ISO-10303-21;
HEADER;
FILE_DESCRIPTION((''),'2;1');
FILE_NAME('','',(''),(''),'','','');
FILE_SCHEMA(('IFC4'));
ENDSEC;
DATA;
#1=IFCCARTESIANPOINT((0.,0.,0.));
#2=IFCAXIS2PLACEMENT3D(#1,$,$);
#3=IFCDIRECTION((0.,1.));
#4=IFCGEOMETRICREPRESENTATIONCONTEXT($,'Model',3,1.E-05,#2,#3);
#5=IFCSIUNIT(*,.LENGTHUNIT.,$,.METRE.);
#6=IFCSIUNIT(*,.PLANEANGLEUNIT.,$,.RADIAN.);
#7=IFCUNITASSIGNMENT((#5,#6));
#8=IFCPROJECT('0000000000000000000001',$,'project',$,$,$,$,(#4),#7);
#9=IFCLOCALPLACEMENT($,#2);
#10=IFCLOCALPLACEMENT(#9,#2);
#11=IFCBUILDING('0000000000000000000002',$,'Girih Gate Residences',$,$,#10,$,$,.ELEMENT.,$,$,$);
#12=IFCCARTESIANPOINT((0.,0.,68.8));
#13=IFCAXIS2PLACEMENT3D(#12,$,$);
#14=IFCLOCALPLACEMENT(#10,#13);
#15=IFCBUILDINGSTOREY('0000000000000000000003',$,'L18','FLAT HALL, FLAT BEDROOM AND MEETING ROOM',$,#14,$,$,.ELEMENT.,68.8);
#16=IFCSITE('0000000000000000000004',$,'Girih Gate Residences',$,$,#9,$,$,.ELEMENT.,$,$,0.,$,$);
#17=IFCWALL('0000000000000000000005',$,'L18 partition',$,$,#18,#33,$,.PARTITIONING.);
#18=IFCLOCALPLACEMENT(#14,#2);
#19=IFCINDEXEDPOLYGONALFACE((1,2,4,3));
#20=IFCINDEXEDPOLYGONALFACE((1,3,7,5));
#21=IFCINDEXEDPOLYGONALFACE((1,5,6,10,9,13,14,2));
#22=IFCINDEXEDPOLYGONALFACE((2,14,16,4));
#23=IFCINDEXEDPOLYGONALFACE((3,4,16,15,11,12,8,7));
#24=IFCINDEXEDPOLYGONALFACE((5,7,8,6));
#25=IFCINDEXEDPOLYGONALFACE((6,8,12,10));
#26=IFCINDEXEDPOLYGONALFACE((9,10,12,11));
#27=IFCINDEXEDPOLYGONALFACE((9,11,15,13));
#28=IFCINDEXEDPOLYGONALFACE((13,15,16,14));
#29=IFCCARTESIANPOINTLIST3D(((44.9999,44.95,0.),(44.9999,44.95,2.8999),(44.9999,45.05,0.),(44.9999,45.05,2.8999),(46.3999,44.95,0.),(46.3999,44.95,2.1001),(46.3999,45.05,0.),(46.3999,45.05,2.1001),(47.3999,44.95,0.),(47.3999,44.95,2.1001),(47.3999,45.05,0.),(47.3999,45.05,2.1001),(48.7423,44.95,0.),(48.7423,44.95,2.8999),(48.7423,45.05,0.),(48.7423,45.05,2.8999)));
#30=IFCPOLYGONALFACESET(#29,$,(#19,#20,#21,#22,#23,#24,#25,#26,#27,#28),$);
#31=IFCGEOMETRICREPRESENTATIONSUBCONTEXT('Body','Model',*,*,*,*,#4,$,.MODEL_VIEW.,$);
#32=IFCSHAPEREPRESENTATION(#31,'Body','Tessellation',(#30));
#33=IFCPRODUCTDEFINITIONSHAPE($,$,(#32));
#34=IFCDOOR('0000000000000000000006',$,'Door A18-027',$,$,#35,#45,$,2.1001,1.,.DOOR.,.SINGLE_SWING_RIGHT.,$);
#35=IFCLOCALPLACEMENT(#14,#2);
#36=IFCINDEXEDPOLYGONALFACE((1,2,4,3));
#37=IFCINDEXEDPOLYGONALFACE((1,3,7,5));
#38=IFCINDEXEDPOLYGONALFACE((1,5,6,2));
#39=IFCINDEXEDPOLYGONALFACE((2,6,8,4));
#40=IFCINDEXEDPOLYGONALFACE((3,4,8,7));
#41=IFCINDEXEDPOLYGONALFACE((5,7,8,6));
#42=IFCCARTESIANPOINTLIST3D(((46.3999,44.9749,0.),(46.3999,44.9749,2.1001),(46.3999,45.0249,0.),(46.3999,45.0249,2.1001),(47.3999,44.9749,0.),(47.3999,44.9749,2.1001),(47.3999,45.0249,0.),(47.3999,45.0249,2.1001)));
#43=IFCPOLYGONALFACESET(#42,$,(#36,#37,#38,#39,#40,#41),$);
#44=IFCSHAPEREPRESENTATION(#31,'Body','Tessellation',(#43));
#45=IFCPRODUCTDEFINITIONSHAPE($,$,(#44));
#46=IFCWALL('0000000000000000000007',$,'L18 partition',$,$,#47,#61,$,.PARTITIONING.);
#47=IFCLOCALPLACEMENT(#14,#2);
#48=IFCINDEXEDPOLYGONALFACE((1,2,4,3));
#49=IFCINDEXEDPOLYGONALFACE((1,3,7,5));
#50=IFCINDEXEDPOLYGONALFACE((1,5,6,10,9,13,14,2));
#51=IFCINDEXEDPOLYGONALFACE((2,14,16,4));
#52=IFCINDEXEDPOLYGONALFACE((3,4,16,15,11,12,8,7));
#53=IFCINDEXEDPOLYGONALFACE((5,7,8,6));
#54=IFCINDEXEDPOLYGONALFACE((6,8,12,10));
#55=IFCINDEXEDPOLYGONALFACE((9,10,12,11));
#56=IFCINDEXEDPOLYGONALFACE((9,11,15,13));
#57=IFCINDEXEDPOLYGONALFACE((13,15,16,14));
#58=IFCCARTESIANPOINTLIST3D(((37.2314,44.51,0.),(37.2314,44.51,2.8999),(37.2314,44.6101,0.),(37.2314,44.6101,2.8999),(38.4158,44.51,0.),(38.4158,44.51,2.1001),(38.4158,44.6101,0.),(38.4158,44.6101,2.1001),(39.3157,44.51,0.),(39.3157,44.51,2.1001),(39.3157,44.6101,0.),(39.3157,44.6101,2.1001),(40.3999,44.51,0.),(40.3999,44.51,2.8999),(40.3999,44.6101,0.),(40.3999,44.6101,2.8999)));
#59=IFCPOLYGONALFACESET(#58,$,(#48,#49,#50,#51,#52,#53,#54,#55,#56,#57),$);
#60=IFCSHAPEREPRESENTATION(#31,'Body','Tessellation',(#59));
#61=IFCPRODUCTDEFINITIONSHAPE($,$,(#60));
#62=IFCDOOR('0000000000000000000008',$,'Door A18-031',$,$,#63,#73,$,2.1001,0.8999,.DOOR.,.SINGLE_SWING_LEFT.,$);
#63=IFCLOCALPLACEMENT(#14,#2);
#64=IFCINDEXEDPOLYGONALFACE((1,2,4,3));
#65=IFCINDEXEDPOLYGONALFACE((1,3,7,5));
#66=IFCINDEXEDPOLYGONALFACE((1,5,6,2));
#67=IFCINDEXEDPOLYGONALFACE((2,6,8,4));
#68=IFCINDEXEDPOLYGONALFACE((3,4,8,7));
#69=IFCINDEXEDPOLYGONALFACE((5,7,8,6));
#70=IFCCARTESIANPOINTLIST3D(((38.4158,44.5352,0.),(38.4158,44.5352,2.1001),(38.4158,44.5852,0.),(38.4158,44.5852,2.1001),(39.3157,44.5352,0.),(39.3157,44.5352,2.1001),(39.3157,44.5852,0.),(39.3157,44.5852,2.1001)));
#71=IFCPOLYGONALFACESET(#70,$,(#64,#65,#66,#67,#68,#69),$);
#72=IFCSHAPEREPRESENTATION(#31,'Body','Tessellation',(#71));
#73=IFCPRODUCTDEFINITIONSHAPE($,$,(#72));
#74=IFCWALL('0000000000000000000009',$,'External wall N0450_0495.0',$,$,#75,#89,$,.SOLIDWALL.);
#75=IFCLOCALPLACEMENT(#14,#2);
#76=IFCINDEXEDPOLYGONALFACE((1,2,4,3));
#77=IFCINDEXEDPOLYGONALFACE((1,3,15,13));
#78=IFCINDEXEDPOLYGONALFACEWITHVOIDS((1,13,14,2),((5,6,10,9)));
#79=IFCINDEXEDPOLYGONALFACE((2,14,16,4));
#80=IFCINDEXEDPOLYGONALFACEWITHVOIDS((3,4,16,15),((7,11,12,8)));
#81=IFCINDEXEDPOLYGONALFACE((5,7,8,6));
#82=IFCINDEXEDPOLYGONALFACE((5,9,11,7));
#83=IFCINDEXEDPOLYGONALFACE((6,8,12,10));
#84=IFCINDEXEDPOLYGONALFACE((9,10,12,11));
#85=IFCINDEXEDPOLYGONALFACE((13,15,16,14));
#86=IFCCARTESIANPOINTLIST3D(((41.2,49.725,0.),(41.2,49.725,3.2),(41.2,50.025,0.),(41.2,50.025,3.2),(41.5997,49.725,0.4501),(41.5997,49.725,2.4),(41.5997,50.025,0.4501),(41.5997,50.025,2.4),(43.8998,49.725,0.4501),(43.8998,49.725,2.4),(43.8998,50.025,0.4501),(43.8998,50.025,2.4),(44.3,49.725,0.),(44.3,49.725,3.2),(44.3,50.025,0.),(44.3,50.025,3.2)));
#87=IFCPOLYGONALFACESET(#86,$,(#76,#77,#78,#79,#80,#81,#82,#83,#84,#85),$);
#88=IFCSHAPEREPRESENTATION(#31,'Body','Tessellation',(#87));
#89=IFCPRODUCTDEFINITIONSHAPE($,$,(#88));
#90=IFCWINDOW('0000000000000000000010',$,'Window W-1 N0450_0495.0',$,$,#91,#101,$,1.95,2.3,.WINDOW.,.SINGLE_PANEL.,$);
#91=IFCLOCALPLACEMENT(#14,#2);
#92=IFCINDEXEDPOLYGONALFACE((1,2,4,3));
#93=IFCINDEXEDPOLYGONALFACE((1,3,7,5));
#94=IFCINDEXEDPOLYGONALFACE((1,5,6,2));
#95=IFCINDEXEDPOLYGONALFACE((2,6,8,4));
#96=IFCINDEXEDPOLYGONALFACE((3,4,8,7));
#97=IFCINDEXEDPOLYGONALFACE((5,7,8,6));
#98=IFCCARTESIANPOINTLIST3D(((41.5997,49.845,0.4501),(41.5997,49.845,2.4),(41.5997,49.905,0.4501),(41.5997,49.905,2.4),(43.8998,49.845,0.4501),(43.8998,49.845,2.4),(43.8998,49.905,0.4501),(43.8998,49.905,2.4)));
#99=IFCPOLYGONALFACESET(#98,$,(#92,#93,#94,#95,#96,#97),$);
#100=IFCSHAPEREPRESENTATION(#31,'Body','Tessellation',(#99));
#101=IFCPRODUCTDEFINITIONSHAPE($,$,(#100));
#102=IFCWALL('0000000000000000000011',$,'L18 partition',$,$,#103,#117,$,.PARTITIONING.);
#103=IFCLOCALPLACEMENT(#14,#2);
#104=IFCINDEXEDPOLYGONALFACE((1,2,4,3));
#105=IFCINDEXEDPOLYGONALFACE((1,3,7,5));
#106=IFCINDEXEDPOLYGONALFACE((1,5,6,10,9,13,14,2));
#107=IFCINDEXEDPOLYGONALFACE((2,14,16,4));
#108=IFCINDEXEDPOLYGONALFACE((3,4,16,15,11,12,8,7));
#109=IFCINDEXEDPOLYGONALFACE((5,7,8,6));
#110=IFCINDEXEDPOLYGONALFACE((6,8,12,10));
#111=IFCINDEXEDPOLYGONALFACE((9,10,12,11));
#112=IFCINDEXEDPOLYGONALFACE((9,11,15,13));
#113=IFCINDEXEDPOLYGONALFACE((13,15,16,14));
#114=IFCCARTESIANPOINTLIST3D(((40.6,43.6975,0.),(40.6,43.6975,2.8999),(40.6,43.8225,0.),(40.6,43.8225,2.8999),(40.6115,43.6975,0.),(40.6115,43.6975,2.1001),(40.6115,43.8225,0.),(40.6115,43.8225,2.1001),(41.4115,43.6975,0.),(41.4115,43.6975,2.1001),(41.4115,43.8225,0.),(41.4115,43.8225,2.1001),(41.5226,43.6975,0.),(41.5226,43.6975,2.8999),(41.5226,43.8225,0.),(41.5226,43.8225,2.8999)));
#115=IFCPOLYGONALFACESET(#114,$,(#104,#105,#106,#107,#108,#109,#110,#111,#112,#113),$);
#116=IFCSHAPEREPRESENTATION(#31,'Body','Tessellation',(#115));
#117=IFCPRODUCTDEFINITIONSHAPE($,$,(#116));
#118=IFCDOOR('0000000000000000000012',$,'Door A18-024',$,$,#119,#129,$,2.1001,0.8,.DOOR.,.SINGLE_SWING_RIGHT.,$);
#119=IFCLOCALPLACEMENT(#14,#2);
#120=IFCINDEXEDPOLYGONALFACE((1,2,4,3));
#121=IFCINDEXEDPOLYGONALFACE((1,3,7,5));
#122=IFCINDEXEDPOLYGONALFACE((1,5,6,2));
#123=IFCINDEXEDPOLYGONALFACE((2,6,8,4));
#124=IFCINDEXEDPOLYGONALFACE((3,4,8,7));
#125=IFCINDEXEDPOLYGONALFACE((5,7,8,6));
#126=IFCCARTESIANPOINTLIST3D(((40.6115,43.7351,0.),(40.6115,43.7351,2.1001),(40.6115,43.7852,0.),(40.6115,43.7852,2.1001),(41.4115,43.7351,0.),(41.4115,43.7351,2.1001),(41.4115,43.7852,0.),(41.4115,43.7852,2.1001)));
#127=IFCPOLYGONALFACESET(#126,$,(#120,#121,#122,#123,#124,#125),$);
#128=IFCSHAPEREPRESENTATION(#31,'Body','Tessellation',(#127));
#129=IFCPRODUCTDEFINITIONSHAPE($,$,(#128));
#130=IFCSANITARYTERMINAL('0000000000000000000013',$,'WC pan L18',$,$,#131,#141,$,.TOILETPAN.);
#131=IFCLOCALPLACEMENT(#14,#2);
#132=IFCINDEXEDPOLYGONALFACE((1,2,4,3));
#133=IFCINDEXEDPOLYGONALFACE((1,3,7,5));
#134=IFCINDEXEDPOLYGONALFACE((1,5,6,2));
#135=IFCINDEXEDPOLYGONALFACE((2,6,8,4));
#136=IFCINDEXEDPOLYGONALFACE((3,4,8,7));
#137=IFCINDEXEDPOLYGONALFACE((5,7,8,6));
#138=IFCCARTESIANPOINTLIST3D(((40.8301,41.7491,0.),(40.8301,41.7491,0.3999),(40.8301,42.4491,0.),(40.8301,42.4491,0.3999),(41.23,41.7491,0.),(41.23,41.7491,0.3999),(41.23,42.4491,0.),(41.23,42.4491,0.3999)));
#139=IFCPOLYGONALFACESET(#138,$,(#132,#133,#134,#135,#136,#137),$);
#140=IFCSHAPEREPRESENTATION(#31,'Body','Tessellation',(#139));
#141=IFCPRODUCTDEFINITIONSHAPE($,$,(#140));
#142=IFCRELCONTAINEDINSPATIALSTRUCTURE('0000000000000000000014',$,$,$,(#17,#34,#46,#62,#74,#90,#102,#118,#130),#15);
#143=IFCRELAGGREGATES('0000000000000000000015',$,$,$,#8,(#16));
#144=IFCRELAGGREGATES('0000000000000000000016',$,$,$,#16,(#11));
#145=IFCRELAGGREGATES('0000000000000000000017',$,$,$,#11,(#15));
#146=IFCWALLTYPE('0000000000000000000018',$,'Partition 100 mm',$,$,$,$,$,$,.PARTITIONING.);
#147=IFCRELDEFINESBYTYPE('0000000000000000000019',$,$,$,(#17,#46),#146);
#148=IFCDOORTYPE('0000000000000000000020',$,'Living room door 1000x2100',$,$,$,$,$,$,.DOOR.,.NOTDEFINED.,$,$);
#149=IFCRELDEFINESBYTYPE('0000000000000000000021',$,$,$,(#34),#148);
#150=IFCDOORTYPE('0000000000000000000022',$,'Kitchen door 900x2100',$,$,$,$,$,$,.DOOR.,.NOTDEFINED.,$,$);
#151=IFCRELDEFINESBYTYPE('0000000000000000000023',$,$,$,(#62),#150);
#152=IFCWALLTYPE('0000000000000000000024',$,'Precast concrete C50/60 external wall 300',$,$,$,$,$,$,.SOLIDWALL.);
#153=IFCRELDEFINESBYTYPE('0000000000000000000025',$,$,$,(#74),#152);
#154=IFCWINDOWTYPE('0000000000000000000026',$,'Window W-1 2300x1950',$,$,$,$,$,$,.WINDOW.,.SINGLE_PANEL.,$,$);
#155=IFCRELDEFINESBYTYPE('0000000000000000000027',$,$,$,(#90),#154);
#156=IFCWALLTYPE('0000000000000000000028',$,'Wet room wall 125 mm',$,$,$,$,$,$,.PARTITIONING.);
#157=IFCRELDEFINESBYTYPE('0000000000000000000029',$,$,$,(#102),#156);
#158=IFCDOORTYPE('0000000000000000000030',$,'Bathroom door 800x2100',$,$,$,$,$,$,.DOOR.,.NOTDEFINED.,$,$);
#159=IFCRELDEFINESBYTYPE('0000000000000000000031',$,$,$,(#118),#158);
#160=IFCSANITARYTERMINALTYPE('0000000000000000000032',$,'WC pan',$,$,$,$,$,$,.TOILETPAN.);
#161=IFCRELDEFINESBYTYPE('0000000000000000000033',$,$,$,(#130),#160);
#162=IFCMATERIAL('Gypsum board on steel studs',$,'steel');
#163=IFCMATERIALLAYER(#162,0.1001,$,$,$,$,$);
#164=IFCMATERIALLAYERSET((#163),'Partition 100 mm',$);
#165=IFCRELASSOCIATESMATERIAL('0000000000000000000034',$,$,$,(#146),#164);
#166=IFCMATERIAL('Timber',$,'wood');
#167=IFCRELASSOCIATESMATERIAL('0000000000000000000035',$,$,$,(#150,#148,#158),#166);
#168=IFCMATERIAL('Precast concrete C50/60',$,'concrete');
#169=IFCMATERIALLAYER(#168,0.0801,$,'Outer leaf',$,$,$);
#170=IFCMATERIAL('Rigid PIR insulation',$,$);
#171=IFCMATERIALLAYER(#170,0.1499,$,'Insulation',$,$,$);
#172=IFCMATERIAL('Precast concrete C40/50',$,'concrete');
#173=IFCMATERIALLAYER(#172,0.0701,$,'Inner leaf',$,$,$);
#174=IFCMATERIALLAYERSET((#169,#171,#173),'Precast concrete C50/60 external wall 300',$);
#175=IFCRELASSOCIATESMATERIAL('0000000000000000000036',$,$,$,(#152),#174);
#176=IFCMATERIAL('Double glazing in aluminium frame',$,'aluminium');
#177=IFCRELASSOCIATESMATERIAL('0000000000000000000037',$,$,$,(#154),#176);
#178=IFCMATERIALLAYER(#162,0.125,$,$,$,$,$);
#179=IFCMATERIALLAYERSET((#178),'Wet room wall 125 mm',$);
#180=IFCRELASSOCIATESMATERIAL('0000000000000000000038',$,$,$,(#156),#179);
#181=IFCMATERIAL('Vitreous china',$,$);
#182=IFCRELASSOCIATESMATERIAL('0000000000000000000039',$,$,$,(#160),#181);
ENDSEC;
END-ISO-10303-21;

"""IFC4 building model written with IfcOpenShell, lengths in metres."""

from ifc_helpers import new_model, si_unit, direction, frame, frame_2d, origin, origin_2d, place, context, subcontext, project, spatial, rectangle, extrude, material, layer, layer_set, type_object, element, fill, save


model = new_model("IFC4")

# Units and contexts
model_context = context("Model", 3, precision=1e-05, world=origin(), true_north=direction((0.0, 1.0)))
body_context = subcontext(model_context, "Body", "Model", "MODEL_VIEW")
ifc_project = project(units=[si_unit("LENGTHUNIT", "METRE"), si_unit("PLANEANGLEUNIT", "RADIAN")], contexts=[model_context])

# Site, building, storey
site_placement = place(None, origin())
site = spatial("IfcSite", under=ifc_project, at=site_placement, Name="Girih Gate Residences", CompositionType="ELEMENT", RefElevation=0.0)
building_placement = place(site_placement, origin())
building = spatial("IfcBuilding", under=site, at=building_placement, Name="Girih Gate Residences", CompositionType="ELEMENT")
storey_placement = place(building_placement, frame((0.0, 0.0, 68.8)))
storey = spatial("IfcBuildingStorey", under=building, at=storey_placement, Name="L18", Description="FLAT HALL, FLAT BEDROOM AND MEETING ROOM", CompositionType="ELEMENT", Elevation=68.8)

# Shared definitions
ifc_material_1 = material(Name="Gypsum board on steel studs", Category="steel")
ifc_layer_1 = layer(ifc_material_1, 0.1001)
ifc_layer_set_1 = layer_set([ifc_layer_1], Name="Partition 100 mm")
wall_type_1 = type_object("IfcWallType", Name="Partition 100 mm", PredefinedType="PARTITIONING", material=ifc_layer_set_1)
ifc_material_2 = material(Name="Timber", Category="wood")

# Walls, openings, doors
door_type_1 = type_object("IfcDoorType", Name="Kitchen door 900x2100", OperationType="NOTDEFINED", PredefinedType="DOOR", material=ifc_material_2)
wall_1_placement = place(storey_placement, frame((45.0, 45.0, 0.0), z_axis=(0.0, 0.0, 1.0), x_axis=(1.0, 0.0, 0.0)))
wall_1 = element("IfcWall", 1, at=wall_1_placement, inside=storey, type_object=wall_type_1, Name="L18 partition", PredefinedType="PARTITIONING", context=body_context, shape_type="SweptSolid", body=[
    extrude(rectangle(XDim=3.7424, YDim=0.1001, at=frame_2d((1.8711, 0.0))), origin(), (0.0, 0.0, 1.0), 2.8999),
])
opening_1_placement = place(wall_1_placement, frame((1.3999, 0.0, 0.0)))
opening_1 = element("IfcOpeningElement", 2, at=opening_1_placement, cuts=wall_1, PredefinedType="OPENING", context=body_context, shape_type="SweptSolid", body=[
    extrude(rectangle(XDim=1.0, YDim=2.1001, at=frame_2d((0.5, 1.05))), frame((0.0, 0.0601, 0.0), z_axis=(0.0, -1.0, 0.0), x_axis=(1.0, 0.0, 0.0)), (0.0, 0.0, 1.0), 0.1201),
])
door_type_2 = type_object("IfcDoorType", Name="Living room door 1000x2100", OperationType="NOTDEFINED", PredefinedType="DOOR", material=ifc_material_2)
door_1_placement = place(opening_1_placement, origin())
door_1 = element("IfcDoor", 3, at=door_1_placement, inside=storey, type_object=door_type_2, Name="Door A18-027", OperationType="SINGLE_SWING_RIGHT", OverallHeight=2.1001, OverallWidth=1.0, PredefinedType="DOOR", context=body_context, shape_type="SweptSolid", body=[
    extrude(rectangle(XDim=1.0, YDim=2.1001, at=frame_2d((0.5, 1.05))), frame((0.0, 0.0249, 0.0), z_axis=(0.0, -1.0, 0.0), x_axis=(1.0, 0.0, 0.0)), (0.0, 0.0, 1.0), 0.05),
])
fill(opening_1, door_1)
wall_2_placement = place(storey_placement, frame((40.3999, 44.5601, 0.0), z_axis=(0.0, 0.0, 1.0), x_axis=(-1.0, 0.0, 0.0)))
wall_2 = element("IfcWall", 4, at=wall_2_placement, inside=storey, type_object=wall_type_1, Name="L18 partition", PredefinedType="PARTITIONING", context=body_context, shape_type="SweptSolid", body=[
    extrude(rectangle(XDim=3.1685, YDim=0.1001, at=frame_2d((1.5842, 0.0))), origin(), (0.0, 0.0, 1.0), 2.8999),
])
opening_2_placement = place(wall_2_placement, frame((1.0842, 0.0, 0.0)))
opening_2 = element("IfcOpeningElement", 5, at=opening_2_placement, cuts=wall_2, PredefinedType="OPENING", context=body_context, shape_type="SweptSolid", body=[
    extrude(rectangle(XDim=0.8999, YDim=2.1001, at=frame_2d((0.45, 1.05))), frame((0.0, 0.0601, 0.0), z_axis=(0.0, -1.0, 0.0), x_axis=(1.0, 0.0, 0.0)), (0.0, 0.0, 1.0), 0.1201),
])
door_2_placement = place(opening_2_placement, origin())
door_2 = element("IfcDoor", 6, at=door_2_placement, inside=storey, type_object=door_type_1, Name="Door A18-031", OperationType="SINGLE_SWING_LEFT", OverallHeight=2.1001, OverallWidth=0.8999, PredefinedType="DOOR", context=body_context, shape_type="SweptSolid", body=[
    extrude(rectangle(XDim=0.8999, YDim=2.1001, at=frame_2d((0.45, 1.05))), frame((0.0, 0.0249, 0.0), z_axis=(0.0, -1.0, 0.0), x_axis=(1.0, 0.0, 0.0)), (0.0, 0.0, 1.0), 0.05),
])
fill(opening_2, door_2)

# Wall, opening, window
ifc_material_3 = material(Name="Precast concrete C50/60", Category="concrete")
ifc_layer_2 = layer(ifc_material_3, 0.0801, Name="Outer leaf")
ifc_material_4 = material(Name="Rigid PIR insulation")
ifc_layer_3 = layer(ifc_material_4, 0.1499, Name="Insulation")
ifc_material_5 = material(Name="Precast concrete C40/50", Category="concrete")
ifc_layer_4 = layer(ifc_material_5, 0.0701, Name="Inner leaf")
ifc_layer_set_2 = layer_set([ifc_layer_2, ifc_layer_3, ifc_layer_4], Name="Precast concrete C50/60 external wall 300")
wall_type_2 = type_object("IfcWallType", Name="Precast concrete C50/60 external wall 300", PredefinedType="SOLIDWALL", material=ifc_layer_set_2)
wall_3_placement = place(storey_placement, frame((41.2, 49.875, 0.0), z_axis=(0.0, 0.0, 1.0), x_axis=(1.0, 0.0, 0.0)))
wall_3 = element("IfcWall", 7, at=wall_3_placement, inside=storey, type_object=wall_type_2, Name="External wall N0450_0495.0", PredefinedType="SOLIDWALL", context=body_context, shape_type="SweptSolid", body=[
    extrude(rectangle(XDim=3.1001, YDim=0.3, at=frame_2d((1.55, 0.0))), origin(), (0.0, 0.0, 1.0), 3.2),
])
opening_3_placement = place(wall_3_placement, frame((0.3999, 0.0, 0.45)))
opening_3 = element("IfcOpeningElement", 8, at=opening_3_placement, cuts=wall_3, PredefinedType="OPENING", context=body_context, shape_type="SweptSolid", body=[
    extrude(rectangle(XDim=2.3, YDim=1.95, at=frame_2d((1.1499, 0.9751))), frame((0.0, 0.1599, 0.0), z_axis=(0.0, -1.0, 0.0), x_axis=(1.0, 0.0, 0.0)), (0.0, 0.0, 1.0), 0.3201),
])
ifc_material_6 = material(Name="Double glazing in aluminium frame", Category="aluminium")
window_type = type_object("IfcWindowType", Name="Window W-1 2300x1950", PartitioningType="SINGLE_PANEL", PredefinedType="WINDOW", material=ifc_material_6)
window_placement = place(opening_3_placement, origin())
window = element("IfcWindow", 9, at=window_placement, inside=storey, type_object=window_type, Name="Window W-1 N0450_0495.0", OverallHeight=1.95, OverallWidth=2.3, PartitioningType="SINGLE_PANEL", PredefinedType="WINDOW", context=body_context, shape_type="SweptSolid", body=[
    extrude(rectangle(XDim=2.3, YDim=1.95, at=frame_2d((1.1499, 0.9751))), frame((0.0, 0.03, 0.0), z_axis=(0.0, -1.0, 0.0), x_axis=(1.0, 0.0, 0.0)), (0.0, 0.0, 1.0), 0.0601),
])
fill(opening_3, window)

# Wall, opening, door
ifc_layer_5 = layer(ifc_material_1, 0.125)
ifc_layer_set_3 = layer_set([ifc_layer_5], Name="Wet room wall 125 mm")
wall_type_3 = type_object("IfcWallType", Name="Wet room wall 125 mm", PredefinedType="PARTITIONING", material=ifc_layer_set_3)
wall_4_placement = place(storey_placement, frame((41.5227, 43.76, 0.0), z_axis=(0.0, 0.0, 1.0), x_axis=(-1.0, 0.0, 0.0)))
wall_4 = element("IfcWall", 10, at=wall_4_placement, inside=storey, type_object=wall_type_3, Name="L18 partition", PredefinedType="PARTITIONING", context=body_context, shape_type="SweptSolid", body=[
    extrude(rectangle(XDim=0.9226, YDim=0.125, at=frame_2d((0.4614, 0.0))), origin(), (0.0, 0.0, 1.0), 2.8999),
])
opening_4_placement = place(wall_4_placement, frame((0.1113, 0.0, 0.0)))
opening_4 = element("IfcOpeningElement", 11, at=opening_4_placement, cuts=wall_4, PredefinedType="OPENING", context=body_context, shape_type="SweptSolid", body=[
    extrude(rectangle(XDim=0.8, YDim=2.1001, at=frame_2d((0.3999, 1.05))), frame((0.0, 0.0725, 0.0), z_axis=(0.0, -1.0, 0.0), x_axis=(1.0, 0.0, 0.0)), (0.0, 0.0, 1.0), 0.145),
])
door_type_3 = type_object("IfcDoorType", Name="Bathroom door 800x2100", OperationType="NOTDEFINED", PredefinedType="DOOR", material=ifc_material_2)
door_3_placement = place(opening_4_placement, origin())
door_3 = element("IfcDoor", 12, at=door_3_placement, inside=storey, type_object=door_type_3, Name="Door A18-024", OperationType="SINGLE_SWING_RIGHT", OverallHeight=2.1001, OverallWidth=0.8, PredefinedType="DOOR", context=body_context, shape_type="SweptSolid", body=[
    extrude(rectangle(XDim=0.8, YDim=2.1001, at=frame_2d((0.3999, 1.05))), frame((0.0, 0.0249, 0.0), z_axis=(0.0, -1.0, 0.0), x_axis=(1.0, 0.0, 0.0)), (0.0, 0.0, 1.0), 0.05),
])
fill(opening_4, door_3)

# Sanitary terminal
ifc_material_7 = material(Name="Vitreous china")
sanitary_terminal_type = type_object("IfcSanitaryTerminalType", Name="WC pan", PredefinedType="TOILETPAN", material=ifc_material_7)
sanitary_terminal_placement = place(storey_placement, frame((41.03, 42.0991, 0.0), z_axis=(0.0, 0.0, 1.0), x_axis=(1.0, 0.0, 0.0)))
element("IfcSanitaryTerminal", 13, at=sanitary_terminal_placement, inside=storey, type_object=sanitary_terminal_type, Name="WC pan L18", PredefinedType="TOILETPAN", context=body_context, shape_type="SweptSolid", body=[
    extrude(rectangle(XDim=0.3999, YDim=0.7, at=origin_2d()), origin(), (0.0, 0.0, 1.0), 0.3999),
])

save(model, "model.ifc")
